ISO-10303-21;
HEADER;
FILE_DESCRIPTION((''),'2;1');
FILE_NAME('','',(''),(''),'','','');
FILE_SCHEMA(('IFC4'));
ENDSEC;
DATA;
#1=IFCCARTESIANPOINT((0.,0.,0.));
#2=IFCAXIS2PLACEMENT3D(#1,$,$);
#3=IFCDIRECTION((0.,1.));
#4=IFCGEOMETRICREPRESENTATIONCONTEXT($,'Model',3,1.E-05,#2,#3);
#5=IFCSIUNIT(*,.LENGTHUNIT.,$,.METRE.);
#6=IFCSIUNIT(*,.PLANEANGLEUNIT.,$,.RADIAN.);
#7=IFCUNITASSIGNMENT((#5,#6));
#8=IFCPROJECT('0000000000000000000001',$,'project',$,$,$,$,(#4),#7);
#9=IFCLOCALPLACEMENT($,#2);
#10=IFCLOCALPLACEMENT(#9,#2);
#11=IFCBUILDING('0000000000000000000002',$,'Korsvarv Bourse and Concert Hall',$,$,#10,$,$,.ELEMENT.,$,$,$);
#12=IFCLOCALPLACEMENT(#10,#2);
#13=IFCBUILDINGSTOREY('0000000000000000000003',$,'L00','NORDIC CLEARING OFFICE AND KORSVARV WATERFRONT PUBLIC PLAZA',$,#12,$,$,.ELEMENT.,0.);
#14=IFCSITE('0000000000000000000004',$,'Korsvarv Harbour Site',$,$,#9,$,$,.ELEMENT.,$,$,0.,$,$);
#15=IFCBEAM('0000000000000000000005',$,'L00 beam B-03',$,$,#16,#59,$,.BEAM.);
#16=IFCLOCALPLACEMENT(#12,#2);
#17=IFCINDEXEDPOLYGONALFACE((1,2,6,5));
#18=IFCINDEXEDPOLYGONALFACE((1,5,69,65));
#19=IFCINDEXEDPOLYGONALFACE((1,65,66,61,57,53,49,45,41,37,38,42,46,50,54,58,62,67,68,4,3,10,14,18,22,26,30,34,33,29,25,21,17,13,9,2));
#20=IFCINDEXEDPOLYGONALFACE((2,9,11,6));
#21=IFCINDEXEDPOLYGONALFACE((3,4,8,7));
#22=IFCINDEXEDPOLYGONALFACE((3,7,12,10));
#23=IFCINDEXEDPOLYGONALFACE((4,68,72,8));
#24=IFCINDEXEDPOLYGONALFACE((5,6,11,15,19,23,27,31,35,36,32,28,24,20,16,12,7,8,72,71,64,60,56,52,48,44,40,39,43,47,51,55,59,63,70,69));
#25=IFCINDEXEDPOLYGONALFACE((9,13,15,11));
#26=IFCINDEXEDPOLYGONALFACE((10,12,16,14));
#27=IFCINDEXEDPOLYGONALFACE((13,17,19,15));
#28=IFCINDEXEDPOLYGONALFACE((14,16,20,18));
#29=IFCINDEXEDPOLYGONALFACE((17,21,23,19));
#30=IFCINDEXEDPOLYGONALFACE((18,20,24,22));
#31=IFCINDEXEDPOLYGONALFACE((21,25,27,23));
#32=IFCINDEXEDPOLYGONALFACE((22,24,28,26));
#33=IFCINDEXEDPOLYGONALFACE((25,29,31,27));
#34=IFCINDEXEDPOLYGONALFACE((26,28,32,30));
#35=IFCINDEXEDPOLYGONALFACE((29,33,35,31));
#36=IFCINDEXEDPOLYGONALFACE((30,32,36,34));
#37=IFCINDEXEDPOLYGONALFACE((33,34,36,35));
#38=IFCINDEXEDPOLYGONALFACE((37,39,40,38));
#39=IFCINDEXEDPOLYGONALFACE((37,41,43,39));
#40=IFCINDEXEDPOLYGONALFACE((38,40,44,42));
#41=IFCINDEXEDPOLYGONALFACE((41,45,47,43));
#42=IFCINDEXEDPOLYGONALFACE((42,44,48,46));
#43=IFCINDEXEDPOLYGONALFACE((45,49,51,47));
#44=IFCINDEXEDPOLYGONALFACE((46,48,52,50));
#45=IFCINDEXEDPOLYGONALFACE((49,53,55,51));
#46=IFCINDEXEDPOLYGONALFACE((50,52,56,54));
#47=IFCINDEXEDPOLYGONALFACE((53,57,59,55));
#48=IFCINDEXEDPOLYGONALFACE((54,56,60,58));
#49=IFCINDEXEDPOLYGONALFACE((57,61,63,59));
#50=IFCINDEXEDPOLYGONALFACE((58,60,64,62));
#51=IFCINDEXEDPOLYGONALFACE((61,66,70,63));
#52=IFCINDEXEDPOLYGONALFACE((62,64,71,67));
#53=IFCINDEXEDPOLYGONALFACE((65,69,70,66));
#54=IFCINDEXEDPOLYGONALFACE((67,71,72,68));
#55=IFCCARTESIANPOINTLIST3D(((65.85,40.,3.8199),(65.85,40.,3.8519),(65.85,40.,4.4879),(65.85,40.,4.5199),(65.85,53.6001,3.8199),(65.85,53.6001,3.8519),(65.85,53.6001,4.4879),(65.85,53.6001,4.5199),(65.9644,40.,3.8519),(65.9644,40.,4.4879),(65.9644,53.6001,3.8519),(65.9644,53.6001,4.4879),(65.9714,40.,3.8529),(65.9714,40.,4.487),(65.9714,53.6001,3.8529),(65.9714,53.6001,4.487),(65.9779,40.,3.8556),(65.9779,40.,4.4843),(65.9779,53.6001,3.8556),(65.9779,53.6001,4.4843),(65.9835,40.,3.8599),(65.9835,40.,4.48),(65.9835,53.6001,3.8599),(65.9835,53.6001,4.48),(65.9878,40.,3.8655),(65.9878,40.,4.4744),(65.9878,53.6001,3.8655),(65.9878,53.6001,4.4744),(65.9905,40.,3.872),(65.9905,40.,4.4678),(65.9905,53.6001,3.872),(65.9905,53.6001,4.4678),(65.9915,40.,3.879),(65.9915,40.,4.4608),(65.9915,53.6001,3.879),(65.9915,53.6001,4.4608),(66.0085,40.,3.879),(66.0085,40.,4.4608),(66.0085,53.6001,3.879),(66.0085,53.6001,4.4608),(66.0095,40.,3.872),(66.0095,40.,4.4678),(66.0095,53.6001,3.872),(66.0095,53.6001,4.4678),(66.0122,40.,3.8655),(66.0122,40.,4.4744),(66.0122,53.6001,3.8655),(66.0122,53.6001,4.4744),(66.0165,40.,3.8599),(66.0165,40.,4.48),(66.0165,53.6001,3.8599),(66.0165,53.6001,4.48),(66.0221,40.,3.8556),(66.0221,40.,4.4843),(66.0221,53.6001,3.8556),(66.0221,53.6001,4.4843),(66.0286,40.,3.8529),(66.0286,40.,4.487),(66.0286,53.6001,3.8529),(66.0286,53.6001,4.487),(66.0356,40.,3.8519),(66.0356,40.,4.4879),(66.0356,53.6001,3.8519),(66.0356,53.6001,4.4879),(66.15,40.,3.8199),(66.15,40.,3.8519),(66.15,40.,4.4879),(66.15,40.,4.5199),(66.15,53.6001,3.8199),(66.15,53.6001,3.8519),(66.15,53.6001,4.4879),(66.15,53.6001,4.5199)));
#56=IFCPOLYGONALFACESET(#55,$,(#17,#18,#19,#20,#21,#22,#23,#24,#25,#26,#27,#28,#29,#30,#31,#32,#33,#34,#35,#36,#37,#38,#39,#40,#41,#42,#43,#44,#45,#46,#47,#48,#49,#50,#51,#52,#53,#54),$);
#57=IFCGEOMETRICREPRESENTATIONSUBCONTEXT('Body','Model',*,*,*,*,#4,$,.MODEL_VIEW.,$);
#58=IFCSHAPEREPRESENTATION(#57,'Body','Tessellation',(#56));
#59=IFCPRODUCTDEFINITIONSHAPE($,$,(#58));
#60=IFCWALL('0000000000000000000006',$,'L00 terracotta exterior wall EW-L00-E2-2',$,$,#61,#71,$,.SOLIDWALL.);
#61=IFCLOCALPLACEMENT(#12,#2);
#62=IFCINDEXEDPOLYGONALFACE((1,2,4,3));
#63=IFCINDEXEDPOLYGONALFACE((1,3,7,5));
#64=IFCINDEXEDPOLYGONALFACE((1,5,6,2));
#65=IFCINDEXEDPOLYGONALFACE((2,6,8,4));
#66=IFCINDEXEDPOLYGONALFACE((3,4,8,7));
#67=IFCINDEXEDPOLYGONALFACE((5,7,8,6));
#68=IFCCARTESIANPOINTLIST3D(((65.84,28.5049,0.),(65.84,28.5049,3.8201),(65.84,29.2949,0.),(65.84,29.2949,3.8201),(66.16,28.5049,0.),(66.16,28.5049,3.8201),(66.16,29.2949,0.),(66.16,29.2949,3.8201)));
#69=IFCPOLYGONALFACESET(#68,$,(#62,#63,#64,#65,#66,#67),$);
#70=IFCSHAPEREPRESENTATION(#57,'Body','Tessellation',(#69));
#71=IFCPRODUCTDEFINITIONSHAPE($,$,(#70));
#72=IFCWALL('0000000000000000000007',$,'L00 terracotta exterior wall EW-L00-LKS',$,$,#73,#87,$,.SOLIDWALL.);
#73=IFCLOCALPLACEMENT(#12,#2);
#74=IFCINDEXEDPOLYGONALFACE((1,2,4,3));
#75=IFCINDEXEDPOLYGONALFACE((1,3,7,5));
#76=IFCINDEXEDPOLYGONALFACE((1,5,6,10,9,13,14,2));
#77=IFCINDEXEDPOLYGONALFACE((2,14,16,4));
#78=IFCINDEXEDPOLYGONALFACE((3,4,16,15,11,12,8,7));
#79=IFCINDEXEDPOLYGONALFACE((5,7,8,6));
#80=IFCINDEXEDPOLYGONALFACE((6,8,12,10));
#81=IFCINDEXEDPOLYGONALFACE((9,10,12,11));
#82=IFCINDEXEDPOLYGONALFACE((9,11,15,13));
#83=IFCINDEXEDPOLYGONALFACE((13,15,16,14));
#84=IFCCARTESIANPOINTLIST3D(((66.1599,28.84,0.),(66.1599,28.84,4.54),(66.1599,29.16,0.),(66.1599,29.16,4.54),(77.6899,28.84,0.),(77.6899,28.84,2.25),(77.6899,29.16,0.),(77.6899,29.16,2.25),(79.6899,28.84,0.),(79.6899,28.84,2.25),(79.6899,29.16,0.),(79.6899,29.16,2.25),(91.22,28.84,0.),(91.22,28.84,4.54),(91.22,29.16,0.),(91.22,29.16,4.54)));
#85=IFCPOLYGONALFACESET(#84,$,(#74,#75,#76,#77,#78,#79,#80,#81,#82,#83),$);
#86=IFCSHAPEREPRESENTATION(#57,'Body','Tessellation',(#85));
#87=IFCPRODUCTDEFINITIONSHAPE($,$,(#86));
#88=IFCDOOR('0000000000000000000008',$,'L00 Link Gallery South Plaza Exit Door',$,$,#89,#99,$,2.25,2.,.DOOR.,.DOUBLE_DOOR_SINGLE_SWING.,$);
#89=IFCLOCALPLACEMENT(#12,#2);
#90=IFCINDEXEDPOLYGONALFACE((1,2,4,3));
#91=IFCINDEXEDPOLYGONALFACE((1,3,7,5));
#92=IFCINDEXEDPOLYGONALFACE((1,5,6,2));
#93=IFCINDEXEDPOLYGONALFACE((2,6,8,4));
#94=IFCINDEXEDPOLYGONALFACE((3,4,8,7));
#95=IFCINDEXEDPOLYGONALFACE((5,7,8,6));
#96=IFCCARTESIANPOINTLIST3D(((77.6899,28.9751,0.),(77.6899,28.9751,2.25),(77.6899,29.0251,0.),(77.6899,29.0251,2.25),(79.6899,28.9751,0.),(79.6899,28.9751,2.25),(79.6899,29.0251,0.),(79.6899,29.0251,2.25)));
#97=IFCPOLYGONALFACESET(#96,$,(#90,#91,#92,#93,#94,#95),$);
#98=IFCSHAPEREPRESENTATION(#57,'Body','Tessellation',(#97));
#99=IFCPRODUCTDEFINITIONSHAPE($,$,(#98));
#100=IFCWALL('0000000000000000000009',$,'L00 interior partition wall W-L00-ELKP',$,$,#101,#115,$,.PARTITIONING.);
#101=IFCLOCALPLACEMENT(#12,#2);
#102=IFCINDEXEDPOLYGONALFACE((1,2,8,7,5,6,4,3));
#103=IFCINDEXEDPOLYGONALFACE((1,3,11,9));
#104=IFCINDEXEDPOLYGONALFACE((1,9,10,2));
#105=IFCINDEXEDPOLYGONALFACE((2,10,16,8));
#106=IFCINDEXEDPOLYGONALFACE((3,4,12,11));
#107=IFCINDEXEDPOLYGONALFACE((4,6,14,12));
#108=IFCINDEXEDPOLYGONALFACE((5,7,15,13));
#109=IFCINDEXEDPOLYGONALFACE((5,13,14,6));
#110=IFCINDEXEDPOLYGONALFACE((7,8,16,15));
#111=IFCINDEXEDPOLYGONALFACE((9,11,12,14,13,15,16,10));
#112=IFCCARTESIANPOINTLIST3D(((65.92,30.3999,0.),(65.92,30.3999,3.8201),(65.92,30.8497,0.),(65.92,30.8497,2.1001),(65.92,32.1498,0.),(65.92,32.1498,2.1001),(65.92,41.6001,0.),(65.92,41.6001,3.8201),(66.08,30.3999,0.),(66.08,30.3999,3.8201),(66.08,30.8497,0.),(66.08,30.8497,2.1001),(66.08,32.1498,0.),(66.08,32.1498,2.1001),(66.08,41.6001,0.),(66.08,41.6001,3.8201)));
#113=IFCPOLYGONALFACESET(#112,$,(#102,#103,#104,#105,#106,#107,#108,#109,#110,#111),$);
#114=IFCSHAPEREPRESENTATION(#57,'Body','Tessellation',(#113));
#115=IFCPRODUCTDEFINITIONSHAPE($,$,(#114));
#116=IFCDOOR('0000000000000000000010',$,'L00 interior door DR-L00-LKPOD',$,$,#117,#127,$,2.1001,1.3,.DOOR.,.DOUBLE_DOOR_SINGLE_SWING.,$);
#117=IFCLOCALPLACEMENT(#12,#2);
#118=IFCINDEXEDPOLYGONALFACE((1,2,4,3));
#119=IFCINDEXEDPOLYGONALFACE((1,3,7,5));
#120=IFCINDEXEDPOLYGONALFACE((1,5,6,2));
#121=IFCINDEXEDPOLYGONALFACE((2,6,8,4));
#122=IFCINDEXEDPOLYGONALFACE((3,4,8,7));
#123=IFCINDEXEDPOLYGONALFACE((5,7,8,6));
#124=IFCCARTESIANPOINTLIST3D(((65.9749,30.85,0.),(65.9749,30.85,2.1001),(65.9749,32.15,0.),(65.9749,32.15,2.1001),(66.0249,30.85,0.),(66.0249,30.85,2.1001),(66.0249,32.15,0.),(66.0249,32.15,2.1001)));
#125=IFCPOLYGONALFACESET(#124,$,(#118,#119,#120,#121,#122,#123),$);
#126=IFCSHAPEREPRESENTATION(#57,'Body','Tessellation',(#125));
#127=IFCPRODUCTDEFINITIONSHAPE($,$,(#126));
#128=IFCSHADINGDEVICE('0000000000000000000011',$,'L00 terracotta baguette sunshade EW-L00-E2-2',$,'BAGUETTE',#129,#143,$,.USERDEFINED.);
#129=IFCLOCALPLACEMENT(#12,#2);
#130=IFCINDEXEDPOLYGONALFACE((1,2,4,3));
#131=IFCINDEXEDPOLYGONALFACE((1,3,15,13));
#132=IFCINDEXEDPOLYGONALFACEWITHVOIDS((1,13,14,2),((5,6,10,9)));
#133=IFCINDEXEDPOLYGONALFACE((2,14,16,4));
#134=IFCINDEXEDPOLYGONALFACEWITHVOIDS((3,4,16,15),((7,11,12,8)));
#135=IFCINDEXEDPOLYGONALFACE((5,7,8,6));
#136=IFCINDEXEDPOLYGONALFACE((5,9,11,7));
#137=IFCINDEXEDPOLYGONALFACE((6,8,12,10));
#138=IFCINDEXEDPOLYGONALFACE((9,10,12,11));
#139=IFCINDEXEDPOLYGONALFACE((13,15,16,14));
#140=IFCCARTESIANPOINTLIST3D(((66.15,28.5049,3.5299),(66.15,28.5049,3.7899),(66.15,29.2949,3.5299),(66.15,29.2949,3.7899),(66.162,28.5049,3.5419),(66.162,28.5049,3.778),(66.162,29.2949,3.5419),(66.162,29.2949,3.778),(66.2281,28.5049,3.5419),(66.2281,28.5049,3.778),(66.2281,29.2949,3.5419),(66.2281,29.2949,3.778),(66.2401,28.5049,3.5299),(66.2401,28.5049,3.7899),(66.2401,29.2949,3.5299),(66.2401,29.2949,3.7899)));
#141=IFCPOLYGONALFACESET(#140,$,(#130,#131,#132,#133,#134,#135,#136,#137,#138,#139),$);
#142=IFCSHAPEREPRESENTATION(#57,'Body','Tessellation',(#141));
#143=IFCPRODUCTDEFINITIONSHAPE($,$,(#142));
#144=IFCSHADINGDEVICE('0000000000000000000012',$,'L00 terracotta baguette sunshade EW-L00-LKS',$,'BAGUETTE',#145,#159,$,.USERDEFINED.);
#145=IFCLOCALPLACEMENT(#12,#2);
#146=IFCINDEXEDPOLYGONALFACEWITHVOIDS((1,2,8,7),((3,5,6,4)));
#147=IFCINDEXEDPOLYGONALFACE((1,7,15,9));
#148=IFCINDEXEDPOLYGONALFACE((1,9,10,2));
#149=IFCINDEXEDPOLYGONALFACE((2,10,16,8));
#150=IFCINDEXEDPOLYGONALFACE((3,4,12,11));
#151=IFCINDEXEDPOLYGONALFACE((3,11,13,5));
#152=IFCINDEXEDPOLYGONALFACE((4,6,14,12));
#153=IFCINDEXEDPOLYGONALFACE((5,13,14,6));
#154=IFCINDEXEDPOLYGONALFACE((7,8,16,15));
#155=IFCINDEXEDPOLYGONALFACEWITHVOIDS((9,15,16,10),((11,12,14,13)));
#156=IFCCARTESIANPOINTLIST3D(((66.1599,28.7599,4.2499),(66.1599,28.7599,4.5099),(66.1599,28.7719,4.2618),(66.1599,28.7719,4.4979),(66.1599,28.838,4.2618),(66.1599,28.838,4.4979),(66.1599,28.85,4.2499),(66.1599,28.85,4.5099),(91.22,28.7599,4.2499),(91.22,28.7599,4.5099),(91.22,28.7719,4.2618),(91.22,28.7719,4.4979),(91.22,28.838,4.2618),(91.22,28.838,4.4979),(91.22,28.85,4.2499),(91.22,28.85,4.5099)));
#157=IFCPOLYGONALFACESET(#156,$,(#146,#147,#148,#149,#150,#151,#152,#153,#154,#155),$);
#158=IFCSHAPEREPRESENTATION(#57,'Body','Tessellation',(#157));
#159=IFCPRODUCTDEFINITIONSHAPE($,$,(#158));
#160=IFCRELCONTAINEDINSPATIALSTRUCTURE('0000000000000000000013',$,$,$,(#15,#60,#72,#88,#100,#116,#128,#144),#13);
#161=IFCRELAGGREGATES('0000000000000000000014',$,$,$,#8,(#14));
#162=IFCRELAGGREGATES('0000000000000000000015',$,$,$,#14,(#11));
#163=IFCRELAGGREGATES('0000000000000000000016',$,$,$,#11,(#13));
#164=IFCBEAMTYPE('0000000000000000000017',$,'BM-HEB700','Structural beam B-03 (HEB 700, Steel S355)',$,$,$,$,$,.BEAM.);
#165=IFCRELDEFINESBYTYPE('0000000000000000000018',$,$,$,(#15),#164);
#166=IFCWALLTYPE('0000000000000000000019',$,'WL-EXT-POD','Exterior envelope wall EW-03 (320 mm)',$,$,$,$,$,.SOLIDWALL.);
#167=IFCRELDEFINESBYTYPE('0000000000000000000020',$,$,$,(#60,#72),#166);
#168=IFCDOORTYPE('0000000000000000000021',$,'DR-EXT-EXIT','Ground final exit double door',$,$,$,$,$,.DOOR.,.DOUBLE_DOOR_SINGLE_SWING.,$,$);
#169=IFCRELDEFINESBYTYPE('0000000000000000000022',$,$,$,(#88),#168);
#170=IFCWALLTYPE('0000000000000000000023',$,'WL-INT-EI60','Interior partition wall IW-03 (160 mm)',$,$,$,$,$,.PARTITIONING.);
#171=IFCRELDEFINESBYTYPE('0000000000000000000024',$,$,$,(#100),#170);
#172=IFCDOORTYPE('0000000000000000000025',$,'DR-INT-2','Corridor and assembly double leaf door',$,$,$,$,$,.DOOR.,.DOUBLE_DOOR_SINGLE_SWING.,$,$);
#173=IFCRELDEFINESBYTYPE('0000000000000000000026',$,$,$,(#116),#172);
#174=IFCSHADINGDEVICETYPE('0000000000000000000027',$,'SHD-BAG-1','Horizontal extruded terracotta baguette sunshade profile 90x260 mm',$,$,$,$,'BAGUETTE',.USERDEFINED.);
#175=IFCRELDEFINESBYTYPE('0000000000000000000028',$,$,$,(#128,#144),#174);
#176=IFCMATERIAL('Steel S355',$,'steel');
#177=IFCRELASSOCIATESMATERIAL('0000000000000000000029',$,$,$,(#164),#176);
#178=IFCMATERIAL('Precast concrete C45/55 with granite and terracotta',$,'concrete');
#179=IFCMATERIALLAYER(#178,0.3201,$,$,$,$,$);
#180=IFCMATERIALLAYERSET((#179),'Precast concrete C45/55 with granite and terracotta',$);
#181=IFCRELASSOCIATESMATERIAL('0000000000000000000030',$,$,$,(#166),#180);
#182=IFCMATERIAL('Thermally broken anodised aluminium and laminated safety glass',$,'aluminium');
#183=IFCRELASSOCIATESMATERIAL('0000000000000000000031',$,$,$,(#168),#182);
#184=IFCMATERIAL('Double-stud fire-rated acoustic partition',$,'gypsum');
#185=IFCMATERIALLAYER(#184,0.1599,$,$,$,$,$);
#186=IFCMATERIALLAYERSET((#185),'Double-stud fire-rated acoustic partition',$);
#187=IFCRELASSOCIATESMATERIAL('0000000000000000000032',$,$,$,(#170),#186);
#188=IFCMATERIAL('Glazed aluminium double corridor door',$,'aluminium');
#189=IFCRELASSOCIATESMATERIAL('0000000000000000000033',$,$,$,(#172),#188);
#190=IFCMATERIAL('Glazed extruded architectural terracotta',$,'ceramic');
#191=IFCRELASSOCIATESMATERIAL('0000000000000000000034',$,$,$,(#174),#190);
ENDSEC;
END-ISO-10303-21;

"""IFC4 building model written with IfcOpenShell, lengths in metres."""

from ifc_helpers import new_model, si_unit, direction, frame, frame_2d, origin, origin_2d, place, context, subcontext, project, spatial, rectangle, hollow_rectangle, i_section, extrude, source, transform, mapped, material, layer, layer_set, material_profile, profile_set, type_object, element, fill, save


model = new_model("IFC4")

# Units and contexts
model_context = context("Model", 3, precision=1e-05, world=origin(), true_north=direction((0.0, 1.0)))
body_context = subcontext(model_context, "Body", "Model", "MODEL_VIEW")
ifc_project = project(units=[si_unit("LENGTHUNIT", "METRE"), si_unit("PLANEANGLEUNIT", "RADIAN")], contexts=[model_context])

# Site, building, storey
site_placement = place(None, origin())
site = spatial("IfcSite", under=ifc_project, at=site_placement, Name="Korsvarv Harbour Site", CompositionType="ELEMENT", RefElevation=0.0)
building_placement = place(site_placement, origin())
building = spatial("IfcBuilding", under=site, at=building_placement, Name="Korsvarv Bourse and Concert Hall", CompositionType="ELEMENT")
storey_placement = place(building_placement, origin())
storey = spatial("IfcBuildingStorey", under=building, at=storey_placement, Name="L00", Description="NORDIC CLEARING OFFICE AND KORSVARV WATERFRONT PUBLIC PLAZA", CompositionType="ELEMENT", Elevation=0.0)

# Beam
ifc_material_1 = material(Name="Steel S355", Category="steel")
ifc_material_profile_1 = material_profile(ifc_material_1, i_section(OverallWidth=0.3, OverallDepth=0.7, WebThickness=0.0171, FlangeThickness=0.032, FilletRadius=0.0271, at=origin_2d()), Name="HEB 700")
ifc_profile_set_1 = profile_set([ifc_material_profile_1], Name="Steel S355")
beam_type_1 = type_object("IfcBeamType", Name="BM-HEB700", Description="Structural beam B-03 (HEB 700, Steel S355)", PredefinedType="BEAM", material=ifc_profile_set_1)
shared_shape_1 = source(origin(), body_context, "Body", "SweptSolid", [
    extrude(i_section(OverallWidth=0.3, OverallDepth=0.7, WebThickness=0.0171, FlangeThickness=0.032, FilletRadius=0.0271, at=origin_2d()), origin(), (0.0, 0.0, 1.0), 13.6001),
])
beam_1_placement = place(storey_placement, frame((66.0, 40.0, 4.1699), z_axis=(0.0, 1.0, 0.0), x_axis=(-1.0, 0.0, 0.0)))
element("IfcBeam", 1, at=beam_1_placement, inside=storey, type_object=beam_type_1, Name="L00 beam B-03", PredefinedType="BEAM", context=body_context, shape_type="MappedRepresentation", body=[
    mapped(shared_shape_1, transform((0.0, 0.0, 0.0), scale=1.0)),
])

# Wall
ifc_material_2 = material(Name="Precast concrete C45/55 with granite and terracotta", Category="concrete")
ifc_layer_1 = layer(ifc_material_2, 0.3201)
ifc_layer_set_1 = layer_set([ifc_layer_1], Name="Precast concrete C45/55 with granite and terracotta")
wall_type_1 = type_object("IfcWallType", Name="WL-EXT-POD", Description="Exterior envelope wall EW-03 (320 mm)", PredefinedType="SOLIDWALL", material=ifc_layer_set_1)
wall_1_placement = place(storey_placement, frame((66.0, 28.5049, 0.0), z_axis=(0.0, 0.0, 1.0), x_axis=(0.0, 1.0, 0.0)))
element("IfcWall", 2, at=wall_1_placement, inside=storey, type_object=wall_type_1, Name="L00 terracotta exterior wall EW-L00-E2-2", PredefinedType="SOLIDWALL", context=body_context, shape_type="SweptSolid", body=[
    extrude(rectangle(XDim=0.79, YDim=0.3201, at=frame_2d((0.395, 0.0))), origin(), (0.0, 0.0, 1.0), 3.8201),
])

# Walls, openings, doors
wall_2_placement = place(storey_placement, frame((66.1599, 29.0, 0.0), z_axis=(0.0, 0.0, 1.0), x_axis=(1.0, 0.0, 0.0)))
wall_2 = element("IfcWall", 3, at=wall_2_placement, inside=storey, type_object=wall_type_1, Name="L00 terracotta exterior wall EW-L00-LKS", PredefinedType="SOLIDWALL", context=body_context, shape_type="SweptSolid", body=[
    extrude(rectangle(XDim=25.0601, YDim=0.3201, at=frame_2d((12.53, 0.0))), origin(), (0.0, 0.0, 1.0), 4.54),
])
opening_1_placement = place(wall_2_placement, frame((11.53, 0.0, 0.0)))
opening_1 = element("IfcOpeningElement", 4, at=opening_1_placement, cuts=wall_2, PredefinedType="OPENING", context=body_context, shape_type="SweptSolid", body=[
    extrude(rectangle(XDim=2.0, YDim=2.25, at=frame_2d((1.0, 1.125))), frame((0.0, 0.1699, 0.0), z_axis=(0.0, -1.0, 0.0), x_axis=(1.0, 0.0, 0.0)), (0.0, 0.0, 1.0), 0.3401),
])
ifc_material_3 = material(Name="Thermally broken anodised aluminium and laminated safety glass", Category="aluminium")
door_type_1 = type_object("IfcDoorType", Name="DR-EXT-EXIT", Description="Ground final exit double door", OperationType="DOUBLE_DOOR_SINGLE_SWING", PredefinedType="DOOR", material=ifc_material_3)
door_1_placement = place(opening_1_placement, frame((2.0, 0.0, 0.0), z_axis=(0.0, 0.0, 1.0), x_axis=(-1.0, 0.0, 0.0)))
door_1 = element("IfcDoor", 5, at=door_1_placement, inside=storey, type_object=door_type_1, Name="L00 Link Gallery South Plaza Exit Door", OperationType="DOUBLE_DOOR_SINGLE_SWING", OverallHeight=2.25, OverallWidth=2.0, PredefinedType="DOOR", context=body_context, shape_type="SweptSolid", body=[
    extrude(rectangle(XDim=2.0, YDim=2.25, at=frame_2d((1.0, 1.125))), frame((0.0, 0.0249, 0.0), z_axis=(0.0, -1.0, 0.0), x_axis=(1.0, 0.0, 0.0)), (0.0, 0.0, 1.0), 0.05),
])
fill(opening_1, door_1)
ifc_material_4 = material(Name="Double-stud fire-rated acoustic partition", Category="gypsum")
ifc_layer_2 = layer(ifc_material_4, 0.1599)
ifc_layer_set_2 = layer_set([ifc_layer_2], Name="Double-stud fire-rated acoustic partition")
wall_type_2 = type_object("IfcWallType", Name="WL-INT-EI60", Description="Interior partition wall IW-03 (160 mm)", PredefinedType="PARTITIONING", material=ifc_layer_set_2)
wall_3_placement = place(storey_placement, frame((66.0, 30.3999, 0.0), z_axis=(0.0, 0.0, 1.0), x_axis=(0.0, 1.0, 0.0)))
wall_3 = element("IfcWall", 6, at=wall_3_placement, inside=storey, type_object=wall_type_2, Name="L00 interior partition wall W-L00-ELKP", PredefinedType="PARTITIONING", context=body_context, shape_type="SweptSolid", body=[
    extrude(rectangle(XDim=11.2002, YDim=0.1599, at=frame_2d((5.6001, 0.0))), origin(), (0.0, 0.0, 1.0), 3.8201),
])
opening_2_placement = place(wall_3_placement, frame((0.45, 0.0, 0.0)))
opening_2 = element("IfcOpeningElement", 7, at=opening_2_placement, cuts=wall_3, PredefinedType="OPENING", context=body_context, shape_type="SweptSolid", body=[
    extrude(rectangle(XDim=1.3, YDim=2.1001, at=frame_2d((0.6499, 1.05))), frame((0.0, 0.0898, 0.0), z_axis=(0.0, -1.0, 0.0), x_axis=(1.0, 0.0, 0.0)), (0.0, 0.0, 1.0), 0.1799),
])
ifc_material_5 = material(Name="Glazed aluminium double corridor door", Category="aluminium")
door_type_2 = type_object("IfcDoorType", Name="DR-INT-2", Description="Corridor and assembly double leaf door", OperationType="DOUBLE_DOOR_SINGLE_SWING", PredefinedType="DOOR", material=ifc_material_5)
door_2_placement = place(opening_2_placement, frame((1.3, 0.0, 0.0), z_axis=(0.0, 0.0, 1.0), x_axis=(-1.0, 0.0, 0.0)))
door_2 = element("IfcDoor", 8, at=door_2_placement, inside=storey, type_object=door_type_2, Name="L00 interior door DR-L00-LKPOD", OperationType="DOUBLE_DOOR_SINGLE_SWING", OverallHeight=2.1001, OverallWidth=1.3, PredefinedType="DOOR", context=body_context, shape_type="SweptSolid", body=[
    extrude(rectangle(XDim=1.3, YDim=2.1001, at=frame_2d((0.6499, 1.05))), frame((0.0, 0.0249, 0.0), z_axis=(0.0, -1.0, 0.0), x_axis=(1.0, 0.0, 0.0)), (0.0, 0.0, 1.0), 0.05),
])
fill(opening_2, door_2)

# Shading devices
ifc_material_6 = material(Name="Glazed extruded architectural terracotta", Category="ceramic")
ifc_material_profile_2 = material_profile(ifc_material_6, hollow_rectangle(XDim=0.0901, YDim=0.26, WallThickness=0.012, at=origin_2d()), Name="TC-BAG 90x260")
ifc_profile_set_2 = profile_set([ifc_material_profile_2], Name="Glazed extruded architectural terracotta")
shading_device_type = type_object("IfcShadingDeviceType", Name="SHD-BAG-1", Description="Horizontal extruded terracotta baguette sunshade profile 90x260 mm", ElementType="BAGUETTE", PredefinedType="USERDEFINED", material=ifc_profile_set_2)
shared_shape_2 = source(origin(), body_context, "Body", "SweptSolid", [
    extrude(hollow_rectangle(XDim=0.0901, YDim=0.26, WallThickness=0.012, at=origin_2d()), origin(), (0.0, 0.0, 1.0), 0.79),
])
shading_device_1_placement = place(storey_placement, frame((66.1951, 28.5049, 3.6599), z_axis=(0.0, 1.0, 0.0), x_axis=(-1.0, 0.0, 0.0)))
element("IfcShadingDevice", 9, at=shading_device_1_placement, inside=storey, type_object=shading_device_type, Name="L00 terracotta baguette sunshade EW-L00-E2-2", ObjectType="BAGUETTE", PredefinedType="USERDEFINED", context=body_context, shape_type="MappedRepresentation", body=[
    mapped(shared_shape_2, transform((0.0, 0.0, 0.0), scale=1.0)),
])
shared_shape_3 = source(origin(), body_context, "Body", "SweptSolid", [
    extrude(hollow_rectangle(XDim=0.0901, YDim=0.26, WallThickness=0.012, at=origin_2d()), origin(), (0.0, 0.0, 1.0), 25.0601),
])
shading_device_2_placement = place(storey_placement, frame((66.1599, 28.8049, 4.3799), z_axis=(1.0, 0.0, 0.0), x_axis=(0.0, 1.0, 0.0)))
element("IfcShadingDevice", 10, at=shading_device_2_placement, inside=storey, type_object=shading_device_type, Name="L00 terracotta baguette sunshade EW-L00-LKS", ObjectType="BAGUETTE", PredefinedType="USERDEFINED", context=body_context, shape_type="MappedRepresentation", body=[
    mapped(shared_shape_3, transform((0.0, 0.0, 0.0), scale=1.0)),
])

save(model, "model.ifc")
